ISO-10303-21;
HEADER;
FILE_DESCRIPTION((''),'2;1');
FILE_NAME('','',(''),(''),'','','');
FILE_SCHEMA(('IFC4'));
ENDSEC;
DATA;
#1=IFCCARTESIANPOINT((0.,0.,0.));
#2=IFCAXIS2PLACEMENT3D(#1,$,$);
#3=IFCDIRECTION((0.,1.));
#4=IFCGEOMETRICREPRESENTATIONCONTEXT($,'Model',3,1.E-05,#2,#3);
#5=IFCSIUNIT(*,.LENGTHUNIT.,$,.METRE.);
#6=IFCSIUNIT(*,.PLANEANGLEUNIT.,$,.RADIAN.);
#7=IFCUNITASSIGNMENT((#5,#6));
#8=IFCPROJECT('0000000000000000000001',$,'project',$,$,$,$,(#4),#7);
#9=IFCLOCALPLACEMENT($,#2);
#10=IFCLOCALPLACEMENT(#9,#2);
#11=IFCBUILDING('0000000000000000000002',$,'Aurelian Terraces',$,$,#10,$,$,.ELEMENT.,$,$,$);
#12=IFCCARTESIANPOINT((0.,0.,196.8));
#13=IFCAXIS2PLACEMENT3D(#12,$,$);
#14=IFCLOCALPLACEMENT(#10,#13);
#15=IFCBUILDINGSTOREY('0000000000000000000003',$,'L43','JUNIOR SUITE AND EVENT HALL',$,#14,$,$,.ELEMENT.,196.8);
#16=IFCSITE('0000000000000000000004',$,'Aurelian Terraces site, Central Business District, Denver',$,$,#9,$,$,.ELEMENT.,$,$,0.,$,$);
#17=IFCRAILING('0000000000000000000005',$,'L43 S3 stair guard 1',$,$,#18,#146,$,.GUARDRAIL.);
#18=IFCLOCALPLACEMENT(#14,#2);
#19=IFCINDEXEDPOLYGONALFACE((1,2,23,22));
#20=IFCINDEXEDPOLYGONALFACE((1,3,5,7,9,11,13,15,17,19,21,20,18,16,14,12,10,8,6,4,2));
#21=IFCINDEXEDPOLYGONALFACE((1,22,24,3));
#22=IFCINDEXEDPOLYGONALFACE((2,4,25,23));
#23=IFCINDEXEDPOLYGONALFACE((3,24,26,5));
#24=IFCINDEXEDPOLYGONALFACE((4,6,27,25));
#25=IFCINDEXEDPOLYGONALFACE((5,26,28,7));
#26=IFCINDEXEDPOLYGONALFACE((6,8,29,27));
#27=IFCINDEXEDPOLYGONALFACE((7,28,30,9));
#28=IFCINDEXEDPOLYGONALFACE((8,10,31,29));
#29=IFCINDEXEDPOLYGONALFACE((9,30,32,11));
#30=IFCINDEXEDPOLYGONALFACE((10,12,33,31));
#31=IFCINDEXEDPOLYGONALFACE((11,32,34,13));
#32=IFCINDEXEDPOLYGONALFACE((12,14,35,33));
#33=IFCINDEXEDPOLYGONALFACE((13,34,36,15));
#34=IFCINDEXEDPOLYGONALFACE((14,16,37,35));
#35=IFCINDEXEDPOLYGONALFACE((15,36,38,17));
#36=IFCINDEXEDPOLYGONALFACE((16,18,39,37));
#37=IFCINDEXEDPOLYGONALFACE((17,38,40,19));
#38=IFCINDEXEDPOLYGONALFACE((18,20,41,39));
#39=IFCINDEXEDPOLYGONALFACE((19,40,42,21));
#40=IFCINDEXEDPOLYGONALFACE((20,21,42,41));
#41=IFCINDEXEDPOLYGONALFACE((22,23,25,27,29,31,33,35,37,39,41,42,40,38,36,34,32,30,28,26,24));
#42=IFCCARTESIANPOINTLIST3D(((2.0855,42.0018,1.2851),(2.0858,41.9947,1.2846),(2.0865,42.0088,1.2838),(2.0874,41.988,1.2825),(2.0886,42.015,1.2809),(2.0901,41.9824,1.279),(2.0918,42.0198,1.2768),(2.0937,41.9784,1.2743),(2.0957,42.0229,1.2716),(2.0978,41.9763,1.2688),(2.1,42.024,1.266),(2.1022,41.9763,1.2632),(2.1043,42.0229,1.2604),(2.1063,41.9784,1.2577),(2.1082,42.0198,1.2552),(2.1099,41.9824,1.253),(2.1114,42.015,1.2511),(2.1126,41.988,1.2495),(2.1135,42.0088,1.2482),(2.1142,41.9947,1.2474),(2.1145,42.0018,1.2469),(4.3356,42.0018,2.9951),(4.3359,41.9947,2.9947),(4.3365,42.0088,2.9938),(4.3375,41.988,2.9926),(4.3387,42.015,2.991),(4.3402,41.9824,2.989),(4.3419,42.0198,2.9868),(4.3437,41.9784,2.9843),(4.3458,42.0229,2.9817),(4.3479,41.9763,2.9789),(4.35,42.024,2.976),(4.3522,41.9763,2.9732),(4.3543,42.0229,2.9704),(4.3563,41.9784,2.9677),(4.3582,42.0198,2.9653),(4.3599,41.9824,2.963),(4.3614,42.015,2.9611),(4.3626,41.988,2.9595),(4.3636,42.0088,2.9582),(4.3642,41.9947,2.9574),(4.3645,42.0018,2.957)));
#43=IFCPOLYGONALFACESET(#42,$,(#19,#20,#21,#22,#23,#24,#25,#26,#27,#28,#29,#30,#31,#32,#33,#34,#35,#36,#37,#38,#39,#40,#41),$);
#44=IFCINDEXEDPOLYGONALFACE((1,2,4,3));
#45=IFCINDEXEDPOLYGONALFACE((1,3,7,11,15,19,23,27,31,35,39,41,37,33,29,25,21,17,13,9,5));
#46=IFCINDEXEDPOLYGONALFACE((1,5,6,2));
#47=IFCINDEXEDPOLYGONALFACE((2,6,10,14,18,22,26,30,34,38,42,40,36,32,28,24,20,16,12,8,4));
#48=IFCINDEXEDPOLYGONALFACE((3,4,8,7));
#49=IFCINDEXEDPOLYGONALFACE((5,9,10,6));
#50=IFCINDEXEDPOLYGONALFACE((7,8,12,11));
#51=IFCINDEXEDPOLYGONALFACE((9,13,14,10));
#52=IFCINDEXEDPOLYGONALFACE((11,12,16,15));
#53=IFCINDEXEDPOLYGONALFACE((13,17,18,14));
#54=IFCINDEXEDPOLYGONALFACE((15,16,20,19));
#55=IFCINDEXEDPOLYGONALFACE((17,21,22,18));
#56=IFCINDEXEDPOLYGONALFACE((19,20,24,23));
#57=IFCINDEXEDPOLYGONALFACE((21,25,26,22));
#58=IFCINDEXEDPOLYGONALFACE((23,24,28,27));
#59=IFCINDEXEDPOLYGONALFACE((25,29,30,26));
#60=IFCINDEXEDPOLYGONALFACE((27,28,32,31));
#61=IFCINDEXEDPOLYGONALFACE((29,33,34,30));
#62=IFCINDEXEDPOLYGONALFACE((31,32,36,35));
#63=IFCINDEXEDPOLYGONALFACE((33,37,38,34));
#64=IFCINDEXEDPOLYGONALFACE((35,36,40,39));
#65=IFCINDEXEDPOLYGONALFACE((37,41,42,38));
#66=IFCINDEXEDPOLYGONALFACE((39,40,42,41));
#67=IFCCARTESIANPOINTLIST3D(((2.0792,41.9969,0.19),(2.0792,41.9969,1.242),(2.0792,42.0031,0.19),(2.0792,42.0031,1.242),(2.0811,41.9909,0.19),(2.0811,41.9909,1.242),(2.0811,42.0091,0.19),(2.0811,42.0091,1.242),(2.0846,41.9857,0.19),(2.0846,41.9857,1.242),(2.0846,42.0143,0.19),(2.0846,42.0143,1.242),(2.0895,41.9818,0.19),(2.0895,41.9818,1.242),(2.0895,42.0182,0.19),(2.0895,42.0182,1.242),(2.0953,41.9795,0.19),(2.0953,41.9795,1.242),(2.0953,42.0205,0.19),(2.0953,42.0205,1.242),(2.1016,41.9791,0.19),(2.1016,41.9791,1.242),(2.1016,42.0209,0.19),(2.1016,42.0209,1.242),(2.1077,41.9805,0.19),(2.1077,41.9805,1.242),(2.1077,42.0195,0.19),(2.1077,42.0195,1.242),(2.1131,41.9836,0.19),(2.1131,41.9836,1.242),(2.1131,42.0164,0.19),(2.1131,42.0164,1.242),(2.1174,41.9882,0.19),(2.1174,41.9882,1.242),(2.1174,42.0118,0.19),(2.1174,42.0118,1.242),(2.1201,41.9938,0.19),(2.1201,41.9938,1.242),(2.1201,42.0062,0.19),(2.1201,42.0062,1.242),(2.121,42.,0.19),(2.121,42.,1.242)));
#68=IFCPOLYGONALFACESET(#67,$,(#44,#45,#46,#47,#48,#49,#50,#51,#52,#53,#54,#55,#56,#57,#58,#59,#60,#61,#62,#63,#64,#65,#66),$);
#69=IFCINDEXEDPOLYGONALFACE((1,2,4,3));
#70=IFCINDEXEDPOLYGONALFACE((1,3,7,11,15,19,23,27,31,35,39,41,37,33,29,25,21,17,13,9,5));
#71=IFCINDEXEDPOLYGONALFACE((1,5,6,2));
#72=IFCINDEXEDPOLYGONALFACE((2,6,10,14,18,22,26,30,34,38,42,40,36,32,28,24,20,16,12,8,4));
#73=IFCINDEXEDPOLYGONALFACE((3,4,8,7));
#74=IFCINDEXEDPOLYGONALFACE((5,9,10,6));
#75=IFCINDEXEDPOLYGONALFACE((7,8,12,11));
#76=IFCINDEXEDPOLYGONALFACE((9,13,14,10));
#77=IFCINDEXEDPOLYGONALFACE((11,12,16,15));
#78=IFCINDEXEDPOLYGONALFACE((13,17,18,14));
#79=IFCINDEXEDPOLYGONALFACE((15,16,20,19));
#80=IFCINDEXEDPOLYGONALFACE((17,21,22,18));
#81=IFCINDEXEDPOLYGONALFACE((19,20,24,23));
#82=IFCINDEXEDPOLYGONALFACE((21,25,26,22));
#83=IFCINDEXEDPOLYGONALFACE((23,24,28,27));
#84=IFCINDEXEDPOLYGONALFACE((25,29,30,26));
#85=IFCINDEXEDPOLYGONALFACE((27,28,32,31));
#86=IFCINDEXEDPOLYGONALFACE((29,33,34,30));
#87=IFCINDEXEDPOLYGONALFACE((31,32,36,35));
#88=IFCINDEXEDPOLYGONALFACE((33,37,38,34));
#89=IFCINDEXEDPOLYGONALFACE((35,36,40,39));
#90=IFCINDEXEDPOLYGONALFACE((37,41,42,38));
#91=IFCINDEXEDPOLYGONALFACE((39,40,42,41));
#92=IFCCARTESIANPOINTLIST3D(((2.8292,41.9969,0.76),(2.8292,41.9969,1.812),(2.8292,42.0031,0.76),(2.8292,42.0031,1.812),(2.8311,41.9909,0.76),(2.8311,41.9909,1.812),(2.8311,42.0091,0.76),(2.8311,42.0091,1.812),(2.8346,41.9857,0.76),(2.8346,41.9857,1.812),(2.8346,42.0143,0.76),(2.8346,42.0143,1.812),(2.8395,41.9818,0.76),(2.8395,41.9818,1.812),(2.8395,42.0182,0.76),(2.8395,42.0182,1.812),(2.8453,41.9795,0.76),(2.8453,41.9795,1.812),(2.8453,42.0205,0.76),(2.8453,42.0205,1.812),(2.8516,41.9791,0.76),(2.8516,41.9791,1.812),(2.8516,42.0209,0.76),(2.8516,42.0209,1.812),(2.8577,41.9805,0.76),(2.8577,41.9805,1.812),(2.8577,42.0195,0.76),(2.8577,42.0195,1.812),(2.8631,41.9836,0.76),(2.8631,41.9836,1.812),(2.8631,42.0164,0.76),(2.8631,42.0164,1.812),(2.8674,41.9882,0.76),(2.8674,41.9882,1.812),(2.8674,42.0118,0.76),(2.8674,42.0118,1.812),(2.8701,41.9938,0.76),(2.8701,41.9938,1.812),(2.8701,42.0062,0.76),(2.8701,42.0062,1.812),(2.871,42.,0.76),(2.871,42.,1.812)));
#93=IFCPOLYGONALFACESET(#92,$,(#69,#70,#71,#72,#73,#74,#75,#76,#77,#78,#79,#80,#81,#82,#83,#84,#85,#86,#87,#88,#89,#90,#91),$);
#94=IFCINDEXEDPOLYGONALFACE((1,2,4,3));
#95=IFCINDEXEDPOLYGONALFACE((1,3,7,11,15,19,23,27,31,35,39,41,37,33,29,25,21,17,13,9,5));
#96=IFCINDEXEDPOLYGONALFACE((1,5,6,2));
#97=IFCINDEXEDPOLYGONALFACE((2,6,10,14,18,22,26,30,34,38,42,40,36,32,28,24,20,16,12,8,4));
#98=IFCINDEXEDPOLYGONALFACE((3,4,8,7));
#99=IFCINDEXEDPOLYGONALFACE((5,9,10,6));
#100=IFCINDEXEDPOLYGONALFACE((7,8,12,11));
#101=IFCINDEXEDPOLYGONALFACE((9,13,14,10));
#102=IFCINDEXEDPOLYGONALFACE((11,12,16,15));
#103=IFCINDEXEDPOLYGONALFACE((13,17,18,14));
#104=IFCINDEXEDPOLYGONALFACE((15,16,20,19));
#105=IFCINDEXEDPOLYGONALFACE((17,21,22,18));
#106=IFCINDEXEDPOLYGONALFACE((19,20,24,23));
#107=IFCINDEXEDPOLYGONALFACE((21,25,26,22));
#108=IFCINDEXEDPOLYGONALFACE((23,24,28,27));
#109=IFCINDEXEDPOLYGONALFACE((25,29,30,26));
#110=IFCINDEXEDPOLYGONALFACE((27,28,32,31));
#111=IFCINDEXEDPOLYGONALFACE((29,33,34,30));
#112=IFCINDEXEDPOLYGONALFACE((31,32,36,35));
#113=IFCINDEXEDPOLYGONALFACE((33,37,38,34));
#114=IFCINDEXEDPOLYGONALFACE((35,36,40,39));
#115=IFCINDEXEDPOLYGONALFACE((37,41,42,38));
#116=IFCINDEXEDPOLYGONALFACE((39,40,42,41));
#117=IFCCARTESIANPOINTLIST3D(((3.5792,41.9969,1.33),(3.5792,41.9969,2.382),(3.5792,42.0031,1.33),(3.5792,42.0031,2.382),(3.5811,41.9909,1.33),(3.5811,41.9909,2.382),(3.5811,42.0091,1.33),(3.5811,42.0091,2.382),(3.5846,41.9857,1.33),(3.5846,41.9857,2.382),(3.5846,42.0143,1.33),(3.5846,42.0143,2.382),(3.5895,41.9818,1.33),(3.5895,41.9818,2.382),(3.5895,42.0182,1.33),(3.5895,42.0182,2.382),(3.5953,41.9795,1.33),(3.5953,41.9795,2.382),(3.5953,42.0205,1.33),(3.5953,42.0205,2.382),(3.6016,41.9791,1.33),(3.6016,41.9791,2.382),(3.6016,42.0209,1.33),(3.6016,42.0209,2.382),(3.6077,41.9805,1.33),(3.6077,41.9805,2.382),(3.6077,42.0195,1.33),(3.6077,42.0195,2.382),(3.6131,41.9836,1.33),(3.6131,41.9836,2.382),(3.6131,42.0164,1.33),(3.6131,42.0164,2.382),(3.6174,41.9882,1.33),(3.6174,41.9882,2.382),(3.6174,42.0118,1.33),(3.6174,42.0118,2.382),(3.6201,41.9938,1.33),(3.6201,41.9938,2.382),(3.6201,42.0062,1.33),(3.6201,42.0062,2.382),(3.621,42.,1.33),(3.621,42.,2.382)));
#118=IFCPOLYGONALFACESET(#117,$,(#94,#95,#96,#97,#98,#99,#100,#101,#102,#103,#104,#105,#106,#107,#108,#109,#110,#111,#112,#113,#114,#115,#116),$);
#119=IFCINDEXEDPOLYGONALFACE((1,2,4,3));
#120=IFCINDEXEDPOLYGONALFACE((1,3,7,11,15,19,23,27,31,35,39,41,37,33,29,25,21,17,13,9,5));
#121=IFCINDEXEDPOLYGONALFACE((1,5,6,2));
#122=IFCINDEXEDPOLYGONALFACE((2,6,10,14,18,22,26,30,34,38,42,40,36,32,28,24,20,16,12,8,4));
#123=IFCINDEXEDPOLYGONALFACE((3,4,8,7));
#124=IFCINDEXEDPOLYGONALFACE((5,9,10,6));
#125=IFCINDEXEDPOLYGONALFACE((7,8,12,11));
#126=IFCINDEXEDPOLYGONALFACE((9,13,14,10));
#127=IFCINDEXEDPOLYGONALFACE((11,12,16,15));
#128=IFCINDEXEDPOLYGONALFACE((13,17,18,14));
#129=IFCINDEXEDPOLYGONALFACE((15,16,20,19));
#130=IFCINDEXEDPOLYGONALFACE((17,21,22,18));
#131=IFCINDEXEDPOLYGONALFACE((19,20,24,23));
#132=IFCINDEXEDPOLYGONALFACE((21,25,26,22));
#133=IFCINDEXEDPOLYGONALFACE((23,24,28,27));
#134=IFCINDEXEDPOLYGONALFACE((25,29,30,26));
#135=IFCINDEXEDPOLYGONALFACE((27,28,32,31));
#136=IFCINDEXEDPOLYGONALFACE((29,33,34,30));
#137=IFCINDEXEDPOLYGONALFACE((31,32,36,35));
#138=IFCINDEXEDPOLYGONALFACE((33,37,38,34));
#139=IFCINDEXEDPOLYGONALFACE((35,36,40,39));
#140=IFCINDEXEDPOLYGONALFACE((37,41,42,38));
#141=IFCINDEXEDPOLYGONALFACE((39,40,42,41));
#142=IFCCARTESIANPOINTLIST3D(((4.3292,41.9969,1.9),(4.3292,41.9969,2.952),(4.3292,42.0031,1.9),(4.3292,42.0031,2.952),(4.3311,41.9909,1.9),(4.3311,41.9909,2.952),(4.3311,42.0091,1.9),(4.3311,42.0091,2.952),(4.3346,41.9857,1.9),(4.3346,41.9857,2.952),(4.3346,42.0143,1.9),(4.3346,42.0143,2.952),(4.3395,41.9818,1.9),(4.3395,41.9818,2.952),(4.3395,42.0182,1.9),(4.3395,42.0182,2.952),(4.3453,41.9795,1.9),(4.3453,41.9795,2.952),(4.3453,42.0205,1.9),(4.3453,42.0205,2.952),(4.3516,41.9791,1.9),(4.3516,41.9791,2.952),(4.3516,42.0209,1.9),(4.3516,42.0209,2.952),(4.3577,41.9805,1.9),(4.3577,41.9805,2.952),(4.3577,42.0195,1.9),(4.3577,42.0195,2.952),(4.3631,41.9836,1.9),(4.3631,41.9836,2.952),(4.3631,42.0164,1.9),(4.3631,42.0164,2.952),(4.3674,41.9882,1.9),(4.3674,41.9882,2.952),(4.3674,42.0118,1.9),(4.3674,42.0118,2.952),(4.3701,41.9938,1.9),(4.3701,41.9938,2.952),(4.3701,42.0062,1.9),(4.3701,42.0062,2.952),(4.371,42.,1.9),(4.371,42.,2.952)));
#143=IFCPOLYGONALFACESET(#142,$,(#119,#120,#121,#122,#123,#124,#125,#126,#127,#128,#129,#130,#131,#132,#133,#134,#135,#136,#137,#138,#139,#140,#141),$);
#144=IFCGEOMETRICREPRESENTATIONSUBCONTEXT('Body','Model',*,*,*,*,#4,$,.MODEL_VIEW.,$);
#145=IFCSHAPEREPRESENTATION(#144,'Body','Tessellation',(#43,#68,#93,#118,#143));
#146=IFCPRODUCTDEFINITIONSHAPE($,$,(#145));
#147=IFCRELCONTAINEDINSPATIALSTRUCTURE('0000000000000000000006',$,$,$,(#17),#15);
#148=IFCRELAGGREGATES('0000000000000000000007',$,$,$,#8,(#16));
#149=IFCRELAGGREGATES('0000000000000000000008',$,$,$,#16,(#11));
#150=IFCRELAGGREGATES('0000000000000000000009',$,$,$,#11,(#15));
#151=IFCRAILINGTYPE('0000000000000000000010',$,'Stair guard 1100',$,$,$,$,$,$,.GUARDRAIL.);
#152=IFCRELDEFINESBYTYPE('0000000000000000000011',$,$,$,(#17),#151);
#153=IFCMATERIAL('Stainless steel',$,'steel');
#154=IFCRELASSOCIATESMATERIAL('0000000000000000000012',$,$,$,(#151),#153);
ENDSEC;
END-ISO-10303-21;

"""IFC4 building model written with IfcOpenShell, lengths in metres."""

from ifc_helpers import new_model, si_unit, direction, frame, origin, origin_2d, place, context, subcontext, project, spatial, circle, extrude, source, transform, mapped, material, type_object, element, save


model = new_model("IFC4")

# Units and contexts
model_context = context("Model", 3, precision=1e-05, world=origin(), true_north=direction((0.0, 1.0)))
body_context = subcontext(model_context, "Body", "Model", "MODEL_VIEW")
ifc_project = project(units=[si_unit("LENGTHUNIT", "METRE"), si_unit("PLANEANGLEUNIT", "RADIAN")], contexts=[model_context])

# Site, building, storey
site_placement = place(None, origin())
site = spatial("IfcSite", under=ifc_project, at=site_placement, Name="Aurelian Terraces site, Central Business District, Denver", CompositionType="ELEMENT", RefElevation=0.0)
building_placement = place(site_placement, origin())
building = spatial("IfcBuilding", under=site, at=building_placement, Name="Aurelian Terraces", CompositionType="ELEMENT")
storey_placement = place(building_placement, frame((0.0, 0.0, 196.8)))
storey = spatial("IfcBuildingStorey", under=building, at=storey_placement, Name="L43", Description="JUNIOR SUITE AND EVENT HALL", CompositionType="ELEMENT", Elevation=196.8)

# Railing
ifc_material_1 = material(Name="Stainless steel", Category="steel")
railing_type_1 = type_object("IfcRailingType", Name="Stair guard 1100", PredefinedType="GUARDRAIL", material=ifc_material_1)
shared_shape_1 = source(origin(), body_context, "Body", "SweptSolid", [
    extrude(circle(Radius=0.024, at=origin_2d()), frame((0.0, 0.0, 1.076), z_axis=(0.796162, 0.0, 0.605083), x_axis=(0.0, 1.0, 0.0)), (0.0, 0.0, 1.0), 2.8261),
    extrude(circle(Radius=0.021, at=origin_2d()), origin(), (0.0, 0.0, 1.0), 1.052),
    extrude(circle(Radius=0.021, at=origin_2d()), frame((0.75, 0.0, 0.57)), (0.0, 0.0, 1.0), 1.052),
    extrude(circle(Radius=0.021, at=origin_2d()), frame((1.5, 0.0, 1.14)), (0.0, 0.0, 1.0), 1.052),
    extrude(circle(Radius=0.021, at=origin_2d()), frame((2.25, 0.0, 1.71)), (0.0, 0.0, 1.0), 1.052),
])
railing_1_placement = place(storey_placement, frame((2.1, 42.0, 0.19)))
element("IfcRailing", 1, at=railing_1_placement, inside=storey, type_object=railing_type_1, Name="L43 S3 stair guard 1", PredefinedType="GUARDRAIL", context=body_context, shape_type="MappedRepresentation", body=[
    mapped(shared_shape_1, transform((0.0, 0.0, 0.0), scale=1.0)),
])

save(model, "model.ifc")
